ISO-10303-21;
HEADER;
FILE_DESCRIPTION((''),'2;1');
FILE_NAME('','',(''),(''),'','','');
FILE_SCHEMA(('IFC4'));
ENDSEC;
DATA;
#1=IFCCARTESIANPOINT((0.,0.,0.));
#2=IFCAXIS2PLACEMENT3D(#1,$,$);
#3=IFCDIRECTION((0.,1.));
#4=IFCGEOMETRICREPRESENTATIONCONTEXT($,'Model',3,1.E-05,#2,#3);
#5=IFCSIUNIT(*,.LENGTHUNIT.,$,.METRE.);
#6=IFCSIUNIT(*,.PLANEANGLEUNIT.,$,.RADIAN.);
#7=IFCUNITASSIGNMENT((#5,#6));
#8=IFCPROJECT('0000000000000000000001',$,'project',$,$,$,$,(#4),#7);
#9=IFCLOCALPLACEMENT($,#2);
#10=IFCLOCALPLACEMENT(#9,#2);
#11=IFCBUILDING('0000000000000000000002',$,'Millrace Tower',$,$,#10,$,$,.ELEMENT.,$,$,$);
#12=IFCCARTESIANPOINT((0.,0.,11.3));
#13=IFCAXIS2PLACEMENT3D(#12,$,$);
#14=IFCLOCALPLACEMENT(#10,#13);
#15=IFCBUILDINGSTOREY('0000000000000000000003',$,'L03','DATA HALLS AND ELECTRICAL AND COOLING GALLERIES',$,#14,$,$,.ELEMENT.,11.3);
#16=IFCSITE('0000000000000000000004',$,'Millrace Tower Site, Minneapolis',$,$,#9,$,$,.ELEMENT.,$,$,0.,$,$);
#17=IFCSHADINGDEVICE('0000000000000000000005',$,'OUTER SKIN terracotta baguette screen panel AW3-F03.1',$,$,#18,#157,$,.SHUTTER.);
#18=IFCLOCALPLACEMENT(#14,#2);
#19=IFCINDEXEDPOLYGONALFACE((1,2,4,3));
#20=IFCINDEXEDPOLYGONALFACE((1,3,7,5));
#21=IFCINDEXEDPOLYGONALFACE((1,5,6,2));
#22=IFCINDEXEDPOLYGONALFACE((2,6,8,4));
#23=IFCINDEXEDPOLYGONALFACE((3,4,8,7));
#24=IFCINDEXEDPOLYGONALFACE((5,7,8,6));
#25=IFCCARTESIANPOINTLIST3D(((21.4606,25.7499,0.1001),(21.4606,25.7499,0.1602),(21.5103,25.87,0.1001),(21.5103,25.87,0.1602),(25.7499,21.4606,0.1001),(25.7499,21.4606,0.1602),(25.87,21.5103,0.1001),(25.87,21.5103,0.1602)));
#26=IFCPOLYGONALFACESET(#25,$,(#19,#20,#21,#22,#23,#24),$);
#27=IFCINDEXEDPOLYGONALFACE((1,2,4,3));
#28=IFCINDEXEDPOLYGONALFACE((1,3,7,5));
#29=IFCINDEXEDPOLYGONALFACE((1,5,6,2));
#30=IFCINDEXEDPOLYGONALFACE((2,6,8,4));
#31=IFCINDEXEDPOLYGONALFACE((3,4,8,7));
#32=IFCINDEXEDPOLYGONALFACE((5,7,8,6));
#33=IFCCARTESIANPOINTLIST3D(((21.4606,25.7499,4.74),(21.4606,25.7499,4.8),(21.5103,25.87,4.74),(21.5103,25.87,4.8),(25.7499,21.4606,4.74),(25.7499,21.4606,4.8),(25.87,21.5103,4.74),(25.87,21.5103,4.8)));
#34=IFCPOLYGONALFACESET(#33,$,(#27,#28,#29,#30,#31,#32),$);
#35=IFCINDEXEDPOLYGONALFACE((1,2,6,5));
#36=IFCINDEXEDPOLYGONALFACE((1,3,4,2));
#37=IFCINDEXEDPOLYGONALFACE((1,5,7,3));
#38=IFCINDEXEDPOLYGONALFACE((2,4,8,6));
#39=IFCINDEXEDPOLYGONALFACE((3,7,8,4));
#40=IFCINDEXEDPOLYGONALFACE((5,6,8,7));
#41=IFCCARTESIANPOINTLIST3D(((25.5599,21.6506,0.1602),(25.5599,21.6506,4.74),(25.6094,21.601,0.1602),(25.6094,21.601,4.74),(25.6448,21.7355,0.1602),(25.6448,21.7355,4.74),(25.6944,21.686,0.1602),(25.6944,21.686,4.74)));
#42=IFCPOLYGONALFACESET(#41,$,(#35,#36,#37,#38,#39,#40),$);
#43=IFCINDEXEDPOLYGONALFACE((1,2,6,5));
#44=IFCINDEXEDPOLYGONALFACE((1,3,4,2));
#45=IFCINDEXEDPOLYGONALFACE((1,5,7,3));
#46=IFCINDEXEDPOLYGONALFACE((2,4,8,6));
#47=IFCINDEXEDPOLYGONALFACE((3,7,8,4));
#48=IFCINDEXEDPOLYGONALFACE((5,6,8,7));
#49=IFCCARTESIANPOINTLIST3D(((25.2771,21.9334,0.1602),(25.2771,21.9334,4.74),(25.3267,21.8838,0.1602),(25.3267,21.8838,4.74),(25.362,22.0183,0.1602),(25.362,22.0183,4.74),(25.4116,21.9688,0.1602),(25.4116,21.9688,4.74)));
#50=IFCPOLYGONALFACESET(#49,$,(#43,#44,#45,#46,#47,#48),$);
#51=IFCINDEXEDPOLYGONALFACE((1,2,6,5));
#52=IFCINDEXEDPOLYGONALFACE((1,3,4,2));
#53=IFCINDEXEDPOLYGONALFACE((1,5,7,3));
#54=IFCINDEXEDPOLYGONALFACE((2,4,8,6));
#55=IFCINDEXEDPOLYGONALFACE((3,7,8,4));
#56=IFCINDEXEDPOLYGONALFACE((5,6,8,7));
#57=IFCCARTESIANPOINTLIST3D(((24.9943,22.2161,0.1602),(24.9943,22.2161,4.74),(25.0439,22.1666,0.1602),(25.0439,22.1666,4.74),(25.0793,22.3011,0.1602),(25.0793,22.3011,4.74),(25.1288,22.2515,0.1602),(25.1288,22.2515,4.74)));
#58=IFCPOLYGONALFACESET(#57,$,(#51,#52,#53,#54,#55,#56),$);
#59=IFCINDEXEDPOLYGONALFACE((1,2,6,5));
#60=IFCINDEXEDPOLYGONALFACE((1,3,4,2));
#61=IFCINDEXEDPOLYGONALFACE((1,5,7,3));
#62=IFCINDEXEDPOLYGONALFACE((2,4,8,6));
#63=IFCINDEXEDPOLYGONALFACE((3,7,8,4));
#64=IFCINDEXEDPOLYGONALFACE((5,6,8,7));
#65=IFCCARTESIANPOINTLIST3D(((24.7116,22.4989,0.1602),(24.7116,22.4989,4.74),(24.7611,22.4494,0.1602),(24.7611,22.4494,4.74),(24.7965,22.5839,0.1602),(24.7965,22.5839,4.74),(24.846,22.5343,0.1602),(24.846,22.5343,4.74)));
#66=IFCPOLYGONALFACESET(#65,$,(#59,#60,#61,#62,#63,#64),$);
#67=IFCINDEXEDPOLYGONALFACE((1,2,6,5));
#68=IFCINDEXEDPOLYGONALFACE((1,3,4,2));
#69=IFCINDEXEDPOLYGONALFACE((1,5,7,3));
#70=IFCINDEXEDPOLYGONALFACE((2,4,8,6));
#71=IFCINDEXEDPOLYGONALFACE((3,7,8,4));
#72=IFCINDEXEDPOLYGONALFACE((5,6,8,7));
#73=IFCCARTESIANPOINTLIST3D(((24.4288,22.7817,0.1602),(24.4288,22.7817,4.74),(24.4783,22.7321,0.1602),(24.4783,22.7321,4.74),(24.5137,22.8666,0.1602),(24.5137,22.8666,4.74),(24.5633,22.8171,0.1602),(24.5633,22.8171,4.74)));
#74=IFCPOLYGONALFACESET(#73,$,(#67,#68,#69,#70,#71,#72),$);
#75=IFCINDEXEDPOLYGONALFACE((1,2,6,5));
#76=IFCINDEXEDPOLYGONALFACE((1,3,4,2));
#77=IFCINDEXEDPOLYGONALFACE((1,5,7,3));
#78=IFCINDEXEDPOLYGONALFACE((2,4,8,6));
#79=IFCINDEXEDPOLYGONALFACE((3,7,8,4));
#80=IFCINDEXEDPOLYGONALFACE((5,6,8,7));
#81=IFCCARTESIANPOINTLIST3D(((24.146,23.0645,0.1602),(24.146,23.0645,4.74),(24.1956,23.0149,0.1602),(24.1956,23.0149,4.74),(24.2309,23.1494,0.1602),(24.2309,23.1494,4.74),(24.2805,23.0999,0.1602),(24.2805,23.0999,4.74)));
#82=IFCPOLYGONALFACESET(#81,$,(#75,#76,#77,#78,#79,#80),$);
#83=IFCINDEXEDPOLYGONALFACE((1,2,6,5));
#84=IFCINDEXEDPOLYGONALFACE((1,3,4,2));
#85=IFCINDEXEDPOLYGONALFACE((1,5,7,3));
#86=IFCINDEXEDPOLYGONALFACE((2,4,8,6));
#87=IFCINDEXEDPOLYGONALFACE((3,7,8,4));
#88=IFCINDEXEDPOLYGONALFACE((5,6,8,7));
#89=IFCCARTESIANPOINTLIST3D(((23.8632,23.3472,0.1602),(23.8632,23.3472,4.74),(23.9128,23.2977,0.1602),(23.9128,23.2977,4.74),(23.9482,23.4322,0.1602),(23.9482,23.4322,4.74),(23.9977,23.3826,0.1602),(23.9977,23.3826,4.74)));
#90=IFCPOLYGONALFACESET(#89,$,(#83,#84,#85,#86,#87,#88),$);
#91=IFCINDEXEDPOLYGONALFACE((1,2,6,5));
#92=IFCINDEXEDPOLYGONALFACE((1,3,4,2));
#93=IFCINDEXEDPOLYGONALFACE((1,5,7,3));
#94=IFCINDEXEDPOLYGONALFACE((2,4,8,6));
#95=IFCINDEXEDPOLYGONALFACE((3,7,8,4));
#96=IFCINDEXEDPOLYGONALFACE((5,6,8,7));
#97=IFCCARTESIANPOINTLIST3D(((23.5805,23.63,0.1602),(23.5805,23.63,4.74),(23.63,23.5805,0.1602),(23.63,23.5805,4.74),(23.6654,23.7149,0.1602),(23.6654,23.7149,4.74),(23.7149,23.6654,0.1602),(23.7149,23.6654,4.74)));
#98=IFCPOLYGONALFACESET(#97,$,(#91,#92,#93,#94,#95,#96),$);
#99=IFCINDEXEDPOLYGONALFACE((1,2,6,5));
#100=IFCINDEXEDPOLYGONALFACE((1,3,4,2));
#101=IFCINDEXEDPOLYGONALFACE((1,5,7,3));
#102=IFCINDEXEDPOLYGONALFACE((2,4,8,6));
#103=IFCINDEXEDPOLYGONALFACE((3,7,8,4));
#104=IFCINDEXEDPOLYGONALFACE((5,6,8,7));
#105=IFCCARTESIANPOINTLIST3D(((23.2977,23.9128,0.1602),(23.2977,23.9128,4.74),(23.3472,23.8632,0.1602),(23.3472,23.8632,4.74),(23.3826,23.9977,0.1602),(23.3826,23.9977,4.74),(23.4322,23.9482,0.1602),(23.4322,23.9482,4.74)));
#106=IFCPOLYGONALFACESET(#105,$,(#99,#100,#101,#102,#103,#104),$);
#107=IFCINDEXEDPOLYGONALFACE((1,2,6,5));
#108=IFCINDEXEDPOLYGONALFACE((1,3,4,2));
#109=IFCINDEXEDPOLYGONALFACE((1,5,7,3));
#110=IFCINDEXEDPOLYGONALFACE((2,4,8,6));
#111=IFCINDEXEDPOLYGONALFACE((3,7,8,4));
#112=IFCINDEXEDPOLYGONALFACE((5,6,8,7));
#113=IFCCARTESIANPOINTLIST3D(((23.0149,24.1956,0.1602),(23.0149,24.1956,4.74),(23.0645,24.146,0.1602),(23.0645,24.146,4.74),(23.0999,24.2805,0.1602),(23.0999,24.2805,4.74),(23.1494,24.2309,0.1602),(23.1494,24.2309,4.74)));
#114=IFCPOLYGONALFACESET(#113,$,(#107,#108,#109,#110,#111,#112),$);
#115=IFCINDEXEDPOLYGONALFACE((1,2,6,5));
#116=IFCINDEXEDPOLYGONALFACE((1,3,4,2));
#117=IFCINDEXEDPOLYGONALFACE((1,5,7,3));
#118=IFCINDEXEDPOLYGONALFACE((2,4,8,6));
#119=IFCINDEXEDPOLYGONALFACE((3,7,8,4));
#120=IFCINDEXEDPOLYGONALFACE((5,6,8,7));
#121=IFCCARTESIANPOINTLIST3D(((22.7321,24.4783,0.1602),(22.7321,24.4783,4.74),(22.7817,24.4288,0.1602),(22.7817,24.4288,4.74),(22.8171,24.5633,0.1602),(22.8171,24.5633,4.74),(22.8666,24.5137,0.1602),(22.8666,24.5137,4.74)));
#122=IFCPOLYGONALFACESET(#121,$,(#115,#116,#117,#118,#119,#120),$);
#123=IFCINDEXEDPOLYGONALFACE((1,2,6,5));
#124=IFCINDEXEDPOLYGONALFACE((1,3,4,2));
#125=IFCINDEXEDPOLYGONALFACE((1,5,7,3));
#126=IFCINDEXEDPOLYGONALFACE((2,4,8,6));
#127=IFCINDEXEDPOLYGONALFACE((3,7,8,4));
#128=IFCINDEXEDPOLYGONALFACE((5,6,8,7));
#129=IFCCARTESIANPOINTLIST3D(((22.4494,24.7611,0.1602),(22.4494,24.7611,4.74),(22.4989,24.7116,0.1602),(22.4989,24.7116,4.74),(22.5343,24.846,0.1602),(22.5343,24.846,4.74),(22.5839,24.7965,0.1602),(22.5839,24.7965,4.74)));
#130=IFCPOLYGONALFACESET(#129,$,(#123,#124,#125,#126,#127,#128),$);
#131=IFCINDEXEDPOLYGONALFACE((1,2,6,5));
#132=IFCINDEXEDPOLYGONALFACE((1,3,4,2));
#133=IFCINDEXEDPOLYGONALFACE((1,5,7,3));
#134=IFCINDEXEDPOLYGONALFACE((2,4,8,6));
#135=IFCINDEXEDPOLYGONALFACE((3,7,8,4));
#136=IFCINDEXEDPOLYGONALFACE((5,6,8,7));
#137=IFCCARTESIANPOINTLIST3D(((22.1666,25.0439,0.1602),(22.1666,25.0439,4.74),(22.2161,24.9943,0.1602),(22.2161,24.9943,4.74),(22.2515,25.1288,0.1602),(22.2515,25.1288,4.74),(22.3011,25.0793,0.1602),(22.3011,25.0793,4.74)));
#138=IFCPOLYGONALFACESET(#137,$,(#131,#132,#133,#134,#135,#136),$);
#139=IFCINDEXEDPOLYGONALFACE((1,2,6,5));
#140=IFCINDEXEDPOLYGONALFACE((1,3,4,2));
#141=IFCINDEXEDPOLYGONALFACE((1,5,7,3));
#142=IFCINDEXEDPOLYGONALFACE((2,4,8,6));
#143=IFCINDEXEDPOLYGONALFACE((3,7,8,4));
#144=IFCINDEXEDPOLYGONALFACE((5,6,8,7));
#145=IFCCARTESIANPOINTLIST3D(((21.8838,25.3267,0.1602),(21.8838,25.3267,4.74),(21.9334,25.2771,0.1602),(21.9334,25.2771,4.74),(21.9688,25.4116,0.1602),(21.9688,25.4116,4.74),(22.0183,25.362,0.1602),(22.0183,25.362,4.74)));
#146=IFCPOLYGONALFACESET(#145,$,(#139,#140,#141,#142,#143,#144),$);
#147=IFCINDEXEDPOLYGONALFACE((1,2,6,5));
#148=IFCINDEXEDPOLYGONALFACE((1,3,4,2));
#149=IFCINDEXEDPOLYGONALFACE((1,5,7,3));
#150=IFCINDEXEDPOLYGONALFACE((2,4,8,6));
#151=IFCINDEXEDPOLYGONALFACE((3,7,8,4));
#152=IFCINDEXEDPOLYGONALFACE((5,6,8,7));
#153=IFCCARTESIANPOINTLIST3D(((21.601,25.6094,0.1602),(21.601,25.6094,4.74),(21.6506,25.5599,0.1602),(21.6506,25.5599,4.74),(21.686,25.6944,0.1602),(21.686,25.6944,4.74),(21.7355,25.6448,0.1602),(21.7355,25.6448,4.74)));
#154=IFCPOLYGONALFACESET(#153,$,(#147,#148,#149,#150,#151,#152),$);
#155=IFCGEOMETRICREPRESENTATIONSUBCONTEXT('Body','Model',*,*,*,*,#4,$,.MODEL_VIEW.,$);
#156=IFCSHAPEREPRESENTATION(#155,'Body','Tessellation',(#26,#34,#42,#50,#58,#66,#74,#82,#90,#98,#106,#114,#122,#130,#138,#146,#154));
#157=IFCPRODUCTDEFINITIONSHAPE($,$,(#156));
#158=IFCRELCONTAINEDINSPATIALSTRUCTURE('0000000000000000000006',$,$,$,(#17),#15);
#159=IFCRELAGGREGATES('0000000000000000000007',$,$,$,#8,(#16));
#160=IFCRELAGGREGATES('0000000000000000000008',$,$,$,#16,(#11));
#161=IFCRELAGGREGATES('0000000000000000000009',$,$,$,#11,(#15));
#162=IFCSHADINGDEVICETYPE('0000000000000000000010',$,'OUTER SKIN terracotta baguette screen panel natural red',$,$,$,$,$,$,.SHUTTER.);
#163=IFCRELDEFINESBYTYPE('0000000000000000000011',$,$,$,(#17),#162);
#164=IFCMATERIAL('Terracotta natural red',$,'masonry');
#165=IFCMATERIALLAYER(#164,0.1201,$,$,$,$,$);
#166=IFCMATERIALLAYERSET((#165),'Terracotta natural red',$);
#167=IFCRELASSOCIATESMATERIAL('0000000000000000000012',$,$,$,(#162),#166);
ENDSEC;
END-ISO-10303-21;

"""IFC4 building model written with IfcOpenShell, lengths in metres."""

from ifc_helpers import new_model, entity, si_unit, direction, frame, frame_2d, origin, origin_2d, place, context, subcontext, project, spatial, rectangle, extrude, source, transform, mapped, material, layer, layer_set, type_object, element, save


model = new_model("IFC4")

# Units and contexts
model_context = context("Model", 3, precision=1e-05, world=origin(), true_north=direction((0.0, 1.0)))
body_context = subcontext(model_context, "Body", "Model", "MODEL_VIEW")
ifc_project = project(units=[si_unit("LENGTHUNIT", "METRE"), si_unit("PLANEANGLEUNIT", "RADIAN")], contexts=[model_context])

# Site, building, storey
site_placement = place(None, origin())
site = spatial("IfcSite", under=ifc_project, at=site_placement, Name="Millrace Tower Site, Minneapolis", CompositionType="ELEMENT", RefElevation=0.0)
building_placement = place(site_placement, origin())
building = spatial("IfcBuilding", under=site, at=building_placement, Name="Millrace Tower", CompositionType="ELEMENT")
storey_placement = place(building_placement, frame((0.0, 0.0, 11.3)))
storey = spatial("IfcBuildingStorey", under=building, at=storey_placement, Name="L03", Description="DATA HALLS AND ELECTRICAL AND COOLING GALLERIES", CompositionType="ELEMENT", Elevation=11.3)

# Shading device
ifc_material_1 = material(Name="Terracotta natural red", Category="masonry")
ifc_layer_1 = layer(ifc_material_1, 0.1201)
ifc_layer_set_1 = layer_set([ifc_layer_1], Name="Terracotta natural red")
shading_device_type_1 = type_object("IfcShadingDeviceType", Name="OUTER SKIN terracotta baguette screen panel natural red", PredefinedType="SHUTTER", material=ifc_layer_set_1)
cartesian_point_1 = entity("IfcCartesianPoint", [-3.033, 0.0601])
shared_polyline_1 = entity("IfcPolyline", [cartesian_point_1, entity("IfcCartesianPoint", [3.033, 0.0601]), entity("IfcCartesianPoint", [3.0828, -0.0601]), entity("IfcCartesianPoint", [-3.0828, -0.0601]), cartesian_point_1])
shared_shape_1 = source(origin(), body_context, "Body", "SweptSolid", [
    entity("IfcExtrudedAreaSolid", entity("IfcArbitraryClosedProfileDef", "AREA", None, shared_polyline_1), entity("IfcAxis2Placement3D", entity("IfcCartesianPoint", [0.0, 0.0, 0.0])), entity("IfcDirection", [0.0, 0.0, 1.0]), 0.0601),
    entity("IfcExtrudedAreaSolid", entity("IfcArbitraryClosedProfileDef", "AREA", None, shared_polyline_1), entity("IfcAxis2Placement3D", entity("IfcCartesianPoint", [0.0, 0.0, 4.6399])), entity("IfcDirection", [0.0, 0.0, 1.0]), 0.0601),
    extrude(rectangle(XDim=0.0701, YDim=0.1201, at=frame_2d((-2.7993, 0.0))), frame((0.0, 0.0, 0.0601)), (0.0, 0.0, 1.0), 4.5798),
    extrude(rectangle(XDim=0.0701, YDim=0.1201, at=frame_2d((-2.3994, 0.0))), frame((0.0, 0.0, 0.0601)), (0.0, 0.0, 1.0), 4.5798),
    extrude(rectangle(XDim=0.0701, YDim=0.1201, at=frame_2d((-1.9995, 0.0))), frame((0.0, 0.0, 0.0601)), (0.0, 0.0, 1.0), 4.5798),
    extrude(rectangle(XDim=0.0701, YDim=0.1201, at=frame_2d((-1.5996, 0.0))), frame((0.0, 0.0, 0.0601)), (0.0, 0.0, 1.0), 4.5798),
    extrude(rectangle(XDim=0.0701, YDim=0.1201, at=frame_2d((-1.1997, 0.0))), frame((0.0, 0.0, 0.0601)), (0.0, 0.0, 1.0), 4.5798),
    extrude(rectangle(XDim=0.0701, YDim=0.1201, at=frame_2d((-0.7998, 0.0))), frame((0.0, 0.0, 0.0601)), (0.0, 0.0, 1.0), 4.5798),
    extrude(rectangle(XDim=0.0701, YDim=0.1201, at=frame_2d((-0.3999, 0.0))), frame((0.0, 0.0, 0.0601)), (0.0, 0.0, 1.0), 4.5798),
    extrude(rectangle(XDim=0.0701, YDim=0.1201, at=origin_2d()), frame((0.0, 0.0, 0.0601)), (0.0, 0.0, 1.0), 4.5798),
    extrude(rectangle(XDim=0.0701, YDim=0.1201, at=frame_2d((0.3999, 0.0))), frame((0.0, 0.0, 0.0601)), (0.0, 0.0, 1.0), 4.5798),
    extrude(rectangle(XDim=0.0701, YDim=0.1201, at=frame_2d((0.7998, 0.0))), frame((0.0, 0.0, 0.0601)), (0.0, 0.0, 1.0), 4.5798),
    extrude(rectangle(XDim=0.0701, YDim=0.1201, at=frame_2d((1.1997, 0.0))), frame((0.0, 0.0, 0.0601)), (0.0, 0.0, 1.0), 4.5798),
    extrude(rectangle(XDim=0.0701, YDim=0.1201, at=frame_2d((1.5996, 0.0))), frame((0.0, 0.0, 0.0601)), (0.0, 0.0, 1.0), 4.5798),
    extrude(rectangle(XDim=0.0701, YDim=0.1201, at=frame_2d((1.9995, 0.0))), frame((0.0, 0.0, 0.0601)), (0.0, 0.0, 1.0), 4.5798),
    extrude(rectangle(XDim=0.0701, YDim=0.1201, at=frame_2d((2.3994, 0.0))), frame((0.0, 0.0, 0.0601)), (0.0, 0.0, 1.0), 4.5798),
    extrude(rectangle(XDim=0.0701, YDim=0.1201, at=frame_2d((2.7993, 0.0))), frame((0.0, 0.0, 0.0601)), (0.0, 0.0, 1.0), 4.5798),
])
shading_device_1_placement = place(storey_placement, frame((23.6477, 23.6477, 0.1001), z_axis=(0.0, 0.0, 1.0), x_axis=(-0.707107, 0.707107, 0.0)))
element("IfcShadingDevice", 1, at=shading_device_1_placement, inside=storey, type_object=shading_device_type_1, Name="OUTER SKIN terracotta baguette screen panel AW3-F03.1", PredefinedType="SHUTTER", context=body_context, shape_type="MappedRepresentation", body=[
    mapped(shared_shape_1, transform((0.0, 0.0, 0.0), scale=1.0)),
])

save(model, "model.ifc")
